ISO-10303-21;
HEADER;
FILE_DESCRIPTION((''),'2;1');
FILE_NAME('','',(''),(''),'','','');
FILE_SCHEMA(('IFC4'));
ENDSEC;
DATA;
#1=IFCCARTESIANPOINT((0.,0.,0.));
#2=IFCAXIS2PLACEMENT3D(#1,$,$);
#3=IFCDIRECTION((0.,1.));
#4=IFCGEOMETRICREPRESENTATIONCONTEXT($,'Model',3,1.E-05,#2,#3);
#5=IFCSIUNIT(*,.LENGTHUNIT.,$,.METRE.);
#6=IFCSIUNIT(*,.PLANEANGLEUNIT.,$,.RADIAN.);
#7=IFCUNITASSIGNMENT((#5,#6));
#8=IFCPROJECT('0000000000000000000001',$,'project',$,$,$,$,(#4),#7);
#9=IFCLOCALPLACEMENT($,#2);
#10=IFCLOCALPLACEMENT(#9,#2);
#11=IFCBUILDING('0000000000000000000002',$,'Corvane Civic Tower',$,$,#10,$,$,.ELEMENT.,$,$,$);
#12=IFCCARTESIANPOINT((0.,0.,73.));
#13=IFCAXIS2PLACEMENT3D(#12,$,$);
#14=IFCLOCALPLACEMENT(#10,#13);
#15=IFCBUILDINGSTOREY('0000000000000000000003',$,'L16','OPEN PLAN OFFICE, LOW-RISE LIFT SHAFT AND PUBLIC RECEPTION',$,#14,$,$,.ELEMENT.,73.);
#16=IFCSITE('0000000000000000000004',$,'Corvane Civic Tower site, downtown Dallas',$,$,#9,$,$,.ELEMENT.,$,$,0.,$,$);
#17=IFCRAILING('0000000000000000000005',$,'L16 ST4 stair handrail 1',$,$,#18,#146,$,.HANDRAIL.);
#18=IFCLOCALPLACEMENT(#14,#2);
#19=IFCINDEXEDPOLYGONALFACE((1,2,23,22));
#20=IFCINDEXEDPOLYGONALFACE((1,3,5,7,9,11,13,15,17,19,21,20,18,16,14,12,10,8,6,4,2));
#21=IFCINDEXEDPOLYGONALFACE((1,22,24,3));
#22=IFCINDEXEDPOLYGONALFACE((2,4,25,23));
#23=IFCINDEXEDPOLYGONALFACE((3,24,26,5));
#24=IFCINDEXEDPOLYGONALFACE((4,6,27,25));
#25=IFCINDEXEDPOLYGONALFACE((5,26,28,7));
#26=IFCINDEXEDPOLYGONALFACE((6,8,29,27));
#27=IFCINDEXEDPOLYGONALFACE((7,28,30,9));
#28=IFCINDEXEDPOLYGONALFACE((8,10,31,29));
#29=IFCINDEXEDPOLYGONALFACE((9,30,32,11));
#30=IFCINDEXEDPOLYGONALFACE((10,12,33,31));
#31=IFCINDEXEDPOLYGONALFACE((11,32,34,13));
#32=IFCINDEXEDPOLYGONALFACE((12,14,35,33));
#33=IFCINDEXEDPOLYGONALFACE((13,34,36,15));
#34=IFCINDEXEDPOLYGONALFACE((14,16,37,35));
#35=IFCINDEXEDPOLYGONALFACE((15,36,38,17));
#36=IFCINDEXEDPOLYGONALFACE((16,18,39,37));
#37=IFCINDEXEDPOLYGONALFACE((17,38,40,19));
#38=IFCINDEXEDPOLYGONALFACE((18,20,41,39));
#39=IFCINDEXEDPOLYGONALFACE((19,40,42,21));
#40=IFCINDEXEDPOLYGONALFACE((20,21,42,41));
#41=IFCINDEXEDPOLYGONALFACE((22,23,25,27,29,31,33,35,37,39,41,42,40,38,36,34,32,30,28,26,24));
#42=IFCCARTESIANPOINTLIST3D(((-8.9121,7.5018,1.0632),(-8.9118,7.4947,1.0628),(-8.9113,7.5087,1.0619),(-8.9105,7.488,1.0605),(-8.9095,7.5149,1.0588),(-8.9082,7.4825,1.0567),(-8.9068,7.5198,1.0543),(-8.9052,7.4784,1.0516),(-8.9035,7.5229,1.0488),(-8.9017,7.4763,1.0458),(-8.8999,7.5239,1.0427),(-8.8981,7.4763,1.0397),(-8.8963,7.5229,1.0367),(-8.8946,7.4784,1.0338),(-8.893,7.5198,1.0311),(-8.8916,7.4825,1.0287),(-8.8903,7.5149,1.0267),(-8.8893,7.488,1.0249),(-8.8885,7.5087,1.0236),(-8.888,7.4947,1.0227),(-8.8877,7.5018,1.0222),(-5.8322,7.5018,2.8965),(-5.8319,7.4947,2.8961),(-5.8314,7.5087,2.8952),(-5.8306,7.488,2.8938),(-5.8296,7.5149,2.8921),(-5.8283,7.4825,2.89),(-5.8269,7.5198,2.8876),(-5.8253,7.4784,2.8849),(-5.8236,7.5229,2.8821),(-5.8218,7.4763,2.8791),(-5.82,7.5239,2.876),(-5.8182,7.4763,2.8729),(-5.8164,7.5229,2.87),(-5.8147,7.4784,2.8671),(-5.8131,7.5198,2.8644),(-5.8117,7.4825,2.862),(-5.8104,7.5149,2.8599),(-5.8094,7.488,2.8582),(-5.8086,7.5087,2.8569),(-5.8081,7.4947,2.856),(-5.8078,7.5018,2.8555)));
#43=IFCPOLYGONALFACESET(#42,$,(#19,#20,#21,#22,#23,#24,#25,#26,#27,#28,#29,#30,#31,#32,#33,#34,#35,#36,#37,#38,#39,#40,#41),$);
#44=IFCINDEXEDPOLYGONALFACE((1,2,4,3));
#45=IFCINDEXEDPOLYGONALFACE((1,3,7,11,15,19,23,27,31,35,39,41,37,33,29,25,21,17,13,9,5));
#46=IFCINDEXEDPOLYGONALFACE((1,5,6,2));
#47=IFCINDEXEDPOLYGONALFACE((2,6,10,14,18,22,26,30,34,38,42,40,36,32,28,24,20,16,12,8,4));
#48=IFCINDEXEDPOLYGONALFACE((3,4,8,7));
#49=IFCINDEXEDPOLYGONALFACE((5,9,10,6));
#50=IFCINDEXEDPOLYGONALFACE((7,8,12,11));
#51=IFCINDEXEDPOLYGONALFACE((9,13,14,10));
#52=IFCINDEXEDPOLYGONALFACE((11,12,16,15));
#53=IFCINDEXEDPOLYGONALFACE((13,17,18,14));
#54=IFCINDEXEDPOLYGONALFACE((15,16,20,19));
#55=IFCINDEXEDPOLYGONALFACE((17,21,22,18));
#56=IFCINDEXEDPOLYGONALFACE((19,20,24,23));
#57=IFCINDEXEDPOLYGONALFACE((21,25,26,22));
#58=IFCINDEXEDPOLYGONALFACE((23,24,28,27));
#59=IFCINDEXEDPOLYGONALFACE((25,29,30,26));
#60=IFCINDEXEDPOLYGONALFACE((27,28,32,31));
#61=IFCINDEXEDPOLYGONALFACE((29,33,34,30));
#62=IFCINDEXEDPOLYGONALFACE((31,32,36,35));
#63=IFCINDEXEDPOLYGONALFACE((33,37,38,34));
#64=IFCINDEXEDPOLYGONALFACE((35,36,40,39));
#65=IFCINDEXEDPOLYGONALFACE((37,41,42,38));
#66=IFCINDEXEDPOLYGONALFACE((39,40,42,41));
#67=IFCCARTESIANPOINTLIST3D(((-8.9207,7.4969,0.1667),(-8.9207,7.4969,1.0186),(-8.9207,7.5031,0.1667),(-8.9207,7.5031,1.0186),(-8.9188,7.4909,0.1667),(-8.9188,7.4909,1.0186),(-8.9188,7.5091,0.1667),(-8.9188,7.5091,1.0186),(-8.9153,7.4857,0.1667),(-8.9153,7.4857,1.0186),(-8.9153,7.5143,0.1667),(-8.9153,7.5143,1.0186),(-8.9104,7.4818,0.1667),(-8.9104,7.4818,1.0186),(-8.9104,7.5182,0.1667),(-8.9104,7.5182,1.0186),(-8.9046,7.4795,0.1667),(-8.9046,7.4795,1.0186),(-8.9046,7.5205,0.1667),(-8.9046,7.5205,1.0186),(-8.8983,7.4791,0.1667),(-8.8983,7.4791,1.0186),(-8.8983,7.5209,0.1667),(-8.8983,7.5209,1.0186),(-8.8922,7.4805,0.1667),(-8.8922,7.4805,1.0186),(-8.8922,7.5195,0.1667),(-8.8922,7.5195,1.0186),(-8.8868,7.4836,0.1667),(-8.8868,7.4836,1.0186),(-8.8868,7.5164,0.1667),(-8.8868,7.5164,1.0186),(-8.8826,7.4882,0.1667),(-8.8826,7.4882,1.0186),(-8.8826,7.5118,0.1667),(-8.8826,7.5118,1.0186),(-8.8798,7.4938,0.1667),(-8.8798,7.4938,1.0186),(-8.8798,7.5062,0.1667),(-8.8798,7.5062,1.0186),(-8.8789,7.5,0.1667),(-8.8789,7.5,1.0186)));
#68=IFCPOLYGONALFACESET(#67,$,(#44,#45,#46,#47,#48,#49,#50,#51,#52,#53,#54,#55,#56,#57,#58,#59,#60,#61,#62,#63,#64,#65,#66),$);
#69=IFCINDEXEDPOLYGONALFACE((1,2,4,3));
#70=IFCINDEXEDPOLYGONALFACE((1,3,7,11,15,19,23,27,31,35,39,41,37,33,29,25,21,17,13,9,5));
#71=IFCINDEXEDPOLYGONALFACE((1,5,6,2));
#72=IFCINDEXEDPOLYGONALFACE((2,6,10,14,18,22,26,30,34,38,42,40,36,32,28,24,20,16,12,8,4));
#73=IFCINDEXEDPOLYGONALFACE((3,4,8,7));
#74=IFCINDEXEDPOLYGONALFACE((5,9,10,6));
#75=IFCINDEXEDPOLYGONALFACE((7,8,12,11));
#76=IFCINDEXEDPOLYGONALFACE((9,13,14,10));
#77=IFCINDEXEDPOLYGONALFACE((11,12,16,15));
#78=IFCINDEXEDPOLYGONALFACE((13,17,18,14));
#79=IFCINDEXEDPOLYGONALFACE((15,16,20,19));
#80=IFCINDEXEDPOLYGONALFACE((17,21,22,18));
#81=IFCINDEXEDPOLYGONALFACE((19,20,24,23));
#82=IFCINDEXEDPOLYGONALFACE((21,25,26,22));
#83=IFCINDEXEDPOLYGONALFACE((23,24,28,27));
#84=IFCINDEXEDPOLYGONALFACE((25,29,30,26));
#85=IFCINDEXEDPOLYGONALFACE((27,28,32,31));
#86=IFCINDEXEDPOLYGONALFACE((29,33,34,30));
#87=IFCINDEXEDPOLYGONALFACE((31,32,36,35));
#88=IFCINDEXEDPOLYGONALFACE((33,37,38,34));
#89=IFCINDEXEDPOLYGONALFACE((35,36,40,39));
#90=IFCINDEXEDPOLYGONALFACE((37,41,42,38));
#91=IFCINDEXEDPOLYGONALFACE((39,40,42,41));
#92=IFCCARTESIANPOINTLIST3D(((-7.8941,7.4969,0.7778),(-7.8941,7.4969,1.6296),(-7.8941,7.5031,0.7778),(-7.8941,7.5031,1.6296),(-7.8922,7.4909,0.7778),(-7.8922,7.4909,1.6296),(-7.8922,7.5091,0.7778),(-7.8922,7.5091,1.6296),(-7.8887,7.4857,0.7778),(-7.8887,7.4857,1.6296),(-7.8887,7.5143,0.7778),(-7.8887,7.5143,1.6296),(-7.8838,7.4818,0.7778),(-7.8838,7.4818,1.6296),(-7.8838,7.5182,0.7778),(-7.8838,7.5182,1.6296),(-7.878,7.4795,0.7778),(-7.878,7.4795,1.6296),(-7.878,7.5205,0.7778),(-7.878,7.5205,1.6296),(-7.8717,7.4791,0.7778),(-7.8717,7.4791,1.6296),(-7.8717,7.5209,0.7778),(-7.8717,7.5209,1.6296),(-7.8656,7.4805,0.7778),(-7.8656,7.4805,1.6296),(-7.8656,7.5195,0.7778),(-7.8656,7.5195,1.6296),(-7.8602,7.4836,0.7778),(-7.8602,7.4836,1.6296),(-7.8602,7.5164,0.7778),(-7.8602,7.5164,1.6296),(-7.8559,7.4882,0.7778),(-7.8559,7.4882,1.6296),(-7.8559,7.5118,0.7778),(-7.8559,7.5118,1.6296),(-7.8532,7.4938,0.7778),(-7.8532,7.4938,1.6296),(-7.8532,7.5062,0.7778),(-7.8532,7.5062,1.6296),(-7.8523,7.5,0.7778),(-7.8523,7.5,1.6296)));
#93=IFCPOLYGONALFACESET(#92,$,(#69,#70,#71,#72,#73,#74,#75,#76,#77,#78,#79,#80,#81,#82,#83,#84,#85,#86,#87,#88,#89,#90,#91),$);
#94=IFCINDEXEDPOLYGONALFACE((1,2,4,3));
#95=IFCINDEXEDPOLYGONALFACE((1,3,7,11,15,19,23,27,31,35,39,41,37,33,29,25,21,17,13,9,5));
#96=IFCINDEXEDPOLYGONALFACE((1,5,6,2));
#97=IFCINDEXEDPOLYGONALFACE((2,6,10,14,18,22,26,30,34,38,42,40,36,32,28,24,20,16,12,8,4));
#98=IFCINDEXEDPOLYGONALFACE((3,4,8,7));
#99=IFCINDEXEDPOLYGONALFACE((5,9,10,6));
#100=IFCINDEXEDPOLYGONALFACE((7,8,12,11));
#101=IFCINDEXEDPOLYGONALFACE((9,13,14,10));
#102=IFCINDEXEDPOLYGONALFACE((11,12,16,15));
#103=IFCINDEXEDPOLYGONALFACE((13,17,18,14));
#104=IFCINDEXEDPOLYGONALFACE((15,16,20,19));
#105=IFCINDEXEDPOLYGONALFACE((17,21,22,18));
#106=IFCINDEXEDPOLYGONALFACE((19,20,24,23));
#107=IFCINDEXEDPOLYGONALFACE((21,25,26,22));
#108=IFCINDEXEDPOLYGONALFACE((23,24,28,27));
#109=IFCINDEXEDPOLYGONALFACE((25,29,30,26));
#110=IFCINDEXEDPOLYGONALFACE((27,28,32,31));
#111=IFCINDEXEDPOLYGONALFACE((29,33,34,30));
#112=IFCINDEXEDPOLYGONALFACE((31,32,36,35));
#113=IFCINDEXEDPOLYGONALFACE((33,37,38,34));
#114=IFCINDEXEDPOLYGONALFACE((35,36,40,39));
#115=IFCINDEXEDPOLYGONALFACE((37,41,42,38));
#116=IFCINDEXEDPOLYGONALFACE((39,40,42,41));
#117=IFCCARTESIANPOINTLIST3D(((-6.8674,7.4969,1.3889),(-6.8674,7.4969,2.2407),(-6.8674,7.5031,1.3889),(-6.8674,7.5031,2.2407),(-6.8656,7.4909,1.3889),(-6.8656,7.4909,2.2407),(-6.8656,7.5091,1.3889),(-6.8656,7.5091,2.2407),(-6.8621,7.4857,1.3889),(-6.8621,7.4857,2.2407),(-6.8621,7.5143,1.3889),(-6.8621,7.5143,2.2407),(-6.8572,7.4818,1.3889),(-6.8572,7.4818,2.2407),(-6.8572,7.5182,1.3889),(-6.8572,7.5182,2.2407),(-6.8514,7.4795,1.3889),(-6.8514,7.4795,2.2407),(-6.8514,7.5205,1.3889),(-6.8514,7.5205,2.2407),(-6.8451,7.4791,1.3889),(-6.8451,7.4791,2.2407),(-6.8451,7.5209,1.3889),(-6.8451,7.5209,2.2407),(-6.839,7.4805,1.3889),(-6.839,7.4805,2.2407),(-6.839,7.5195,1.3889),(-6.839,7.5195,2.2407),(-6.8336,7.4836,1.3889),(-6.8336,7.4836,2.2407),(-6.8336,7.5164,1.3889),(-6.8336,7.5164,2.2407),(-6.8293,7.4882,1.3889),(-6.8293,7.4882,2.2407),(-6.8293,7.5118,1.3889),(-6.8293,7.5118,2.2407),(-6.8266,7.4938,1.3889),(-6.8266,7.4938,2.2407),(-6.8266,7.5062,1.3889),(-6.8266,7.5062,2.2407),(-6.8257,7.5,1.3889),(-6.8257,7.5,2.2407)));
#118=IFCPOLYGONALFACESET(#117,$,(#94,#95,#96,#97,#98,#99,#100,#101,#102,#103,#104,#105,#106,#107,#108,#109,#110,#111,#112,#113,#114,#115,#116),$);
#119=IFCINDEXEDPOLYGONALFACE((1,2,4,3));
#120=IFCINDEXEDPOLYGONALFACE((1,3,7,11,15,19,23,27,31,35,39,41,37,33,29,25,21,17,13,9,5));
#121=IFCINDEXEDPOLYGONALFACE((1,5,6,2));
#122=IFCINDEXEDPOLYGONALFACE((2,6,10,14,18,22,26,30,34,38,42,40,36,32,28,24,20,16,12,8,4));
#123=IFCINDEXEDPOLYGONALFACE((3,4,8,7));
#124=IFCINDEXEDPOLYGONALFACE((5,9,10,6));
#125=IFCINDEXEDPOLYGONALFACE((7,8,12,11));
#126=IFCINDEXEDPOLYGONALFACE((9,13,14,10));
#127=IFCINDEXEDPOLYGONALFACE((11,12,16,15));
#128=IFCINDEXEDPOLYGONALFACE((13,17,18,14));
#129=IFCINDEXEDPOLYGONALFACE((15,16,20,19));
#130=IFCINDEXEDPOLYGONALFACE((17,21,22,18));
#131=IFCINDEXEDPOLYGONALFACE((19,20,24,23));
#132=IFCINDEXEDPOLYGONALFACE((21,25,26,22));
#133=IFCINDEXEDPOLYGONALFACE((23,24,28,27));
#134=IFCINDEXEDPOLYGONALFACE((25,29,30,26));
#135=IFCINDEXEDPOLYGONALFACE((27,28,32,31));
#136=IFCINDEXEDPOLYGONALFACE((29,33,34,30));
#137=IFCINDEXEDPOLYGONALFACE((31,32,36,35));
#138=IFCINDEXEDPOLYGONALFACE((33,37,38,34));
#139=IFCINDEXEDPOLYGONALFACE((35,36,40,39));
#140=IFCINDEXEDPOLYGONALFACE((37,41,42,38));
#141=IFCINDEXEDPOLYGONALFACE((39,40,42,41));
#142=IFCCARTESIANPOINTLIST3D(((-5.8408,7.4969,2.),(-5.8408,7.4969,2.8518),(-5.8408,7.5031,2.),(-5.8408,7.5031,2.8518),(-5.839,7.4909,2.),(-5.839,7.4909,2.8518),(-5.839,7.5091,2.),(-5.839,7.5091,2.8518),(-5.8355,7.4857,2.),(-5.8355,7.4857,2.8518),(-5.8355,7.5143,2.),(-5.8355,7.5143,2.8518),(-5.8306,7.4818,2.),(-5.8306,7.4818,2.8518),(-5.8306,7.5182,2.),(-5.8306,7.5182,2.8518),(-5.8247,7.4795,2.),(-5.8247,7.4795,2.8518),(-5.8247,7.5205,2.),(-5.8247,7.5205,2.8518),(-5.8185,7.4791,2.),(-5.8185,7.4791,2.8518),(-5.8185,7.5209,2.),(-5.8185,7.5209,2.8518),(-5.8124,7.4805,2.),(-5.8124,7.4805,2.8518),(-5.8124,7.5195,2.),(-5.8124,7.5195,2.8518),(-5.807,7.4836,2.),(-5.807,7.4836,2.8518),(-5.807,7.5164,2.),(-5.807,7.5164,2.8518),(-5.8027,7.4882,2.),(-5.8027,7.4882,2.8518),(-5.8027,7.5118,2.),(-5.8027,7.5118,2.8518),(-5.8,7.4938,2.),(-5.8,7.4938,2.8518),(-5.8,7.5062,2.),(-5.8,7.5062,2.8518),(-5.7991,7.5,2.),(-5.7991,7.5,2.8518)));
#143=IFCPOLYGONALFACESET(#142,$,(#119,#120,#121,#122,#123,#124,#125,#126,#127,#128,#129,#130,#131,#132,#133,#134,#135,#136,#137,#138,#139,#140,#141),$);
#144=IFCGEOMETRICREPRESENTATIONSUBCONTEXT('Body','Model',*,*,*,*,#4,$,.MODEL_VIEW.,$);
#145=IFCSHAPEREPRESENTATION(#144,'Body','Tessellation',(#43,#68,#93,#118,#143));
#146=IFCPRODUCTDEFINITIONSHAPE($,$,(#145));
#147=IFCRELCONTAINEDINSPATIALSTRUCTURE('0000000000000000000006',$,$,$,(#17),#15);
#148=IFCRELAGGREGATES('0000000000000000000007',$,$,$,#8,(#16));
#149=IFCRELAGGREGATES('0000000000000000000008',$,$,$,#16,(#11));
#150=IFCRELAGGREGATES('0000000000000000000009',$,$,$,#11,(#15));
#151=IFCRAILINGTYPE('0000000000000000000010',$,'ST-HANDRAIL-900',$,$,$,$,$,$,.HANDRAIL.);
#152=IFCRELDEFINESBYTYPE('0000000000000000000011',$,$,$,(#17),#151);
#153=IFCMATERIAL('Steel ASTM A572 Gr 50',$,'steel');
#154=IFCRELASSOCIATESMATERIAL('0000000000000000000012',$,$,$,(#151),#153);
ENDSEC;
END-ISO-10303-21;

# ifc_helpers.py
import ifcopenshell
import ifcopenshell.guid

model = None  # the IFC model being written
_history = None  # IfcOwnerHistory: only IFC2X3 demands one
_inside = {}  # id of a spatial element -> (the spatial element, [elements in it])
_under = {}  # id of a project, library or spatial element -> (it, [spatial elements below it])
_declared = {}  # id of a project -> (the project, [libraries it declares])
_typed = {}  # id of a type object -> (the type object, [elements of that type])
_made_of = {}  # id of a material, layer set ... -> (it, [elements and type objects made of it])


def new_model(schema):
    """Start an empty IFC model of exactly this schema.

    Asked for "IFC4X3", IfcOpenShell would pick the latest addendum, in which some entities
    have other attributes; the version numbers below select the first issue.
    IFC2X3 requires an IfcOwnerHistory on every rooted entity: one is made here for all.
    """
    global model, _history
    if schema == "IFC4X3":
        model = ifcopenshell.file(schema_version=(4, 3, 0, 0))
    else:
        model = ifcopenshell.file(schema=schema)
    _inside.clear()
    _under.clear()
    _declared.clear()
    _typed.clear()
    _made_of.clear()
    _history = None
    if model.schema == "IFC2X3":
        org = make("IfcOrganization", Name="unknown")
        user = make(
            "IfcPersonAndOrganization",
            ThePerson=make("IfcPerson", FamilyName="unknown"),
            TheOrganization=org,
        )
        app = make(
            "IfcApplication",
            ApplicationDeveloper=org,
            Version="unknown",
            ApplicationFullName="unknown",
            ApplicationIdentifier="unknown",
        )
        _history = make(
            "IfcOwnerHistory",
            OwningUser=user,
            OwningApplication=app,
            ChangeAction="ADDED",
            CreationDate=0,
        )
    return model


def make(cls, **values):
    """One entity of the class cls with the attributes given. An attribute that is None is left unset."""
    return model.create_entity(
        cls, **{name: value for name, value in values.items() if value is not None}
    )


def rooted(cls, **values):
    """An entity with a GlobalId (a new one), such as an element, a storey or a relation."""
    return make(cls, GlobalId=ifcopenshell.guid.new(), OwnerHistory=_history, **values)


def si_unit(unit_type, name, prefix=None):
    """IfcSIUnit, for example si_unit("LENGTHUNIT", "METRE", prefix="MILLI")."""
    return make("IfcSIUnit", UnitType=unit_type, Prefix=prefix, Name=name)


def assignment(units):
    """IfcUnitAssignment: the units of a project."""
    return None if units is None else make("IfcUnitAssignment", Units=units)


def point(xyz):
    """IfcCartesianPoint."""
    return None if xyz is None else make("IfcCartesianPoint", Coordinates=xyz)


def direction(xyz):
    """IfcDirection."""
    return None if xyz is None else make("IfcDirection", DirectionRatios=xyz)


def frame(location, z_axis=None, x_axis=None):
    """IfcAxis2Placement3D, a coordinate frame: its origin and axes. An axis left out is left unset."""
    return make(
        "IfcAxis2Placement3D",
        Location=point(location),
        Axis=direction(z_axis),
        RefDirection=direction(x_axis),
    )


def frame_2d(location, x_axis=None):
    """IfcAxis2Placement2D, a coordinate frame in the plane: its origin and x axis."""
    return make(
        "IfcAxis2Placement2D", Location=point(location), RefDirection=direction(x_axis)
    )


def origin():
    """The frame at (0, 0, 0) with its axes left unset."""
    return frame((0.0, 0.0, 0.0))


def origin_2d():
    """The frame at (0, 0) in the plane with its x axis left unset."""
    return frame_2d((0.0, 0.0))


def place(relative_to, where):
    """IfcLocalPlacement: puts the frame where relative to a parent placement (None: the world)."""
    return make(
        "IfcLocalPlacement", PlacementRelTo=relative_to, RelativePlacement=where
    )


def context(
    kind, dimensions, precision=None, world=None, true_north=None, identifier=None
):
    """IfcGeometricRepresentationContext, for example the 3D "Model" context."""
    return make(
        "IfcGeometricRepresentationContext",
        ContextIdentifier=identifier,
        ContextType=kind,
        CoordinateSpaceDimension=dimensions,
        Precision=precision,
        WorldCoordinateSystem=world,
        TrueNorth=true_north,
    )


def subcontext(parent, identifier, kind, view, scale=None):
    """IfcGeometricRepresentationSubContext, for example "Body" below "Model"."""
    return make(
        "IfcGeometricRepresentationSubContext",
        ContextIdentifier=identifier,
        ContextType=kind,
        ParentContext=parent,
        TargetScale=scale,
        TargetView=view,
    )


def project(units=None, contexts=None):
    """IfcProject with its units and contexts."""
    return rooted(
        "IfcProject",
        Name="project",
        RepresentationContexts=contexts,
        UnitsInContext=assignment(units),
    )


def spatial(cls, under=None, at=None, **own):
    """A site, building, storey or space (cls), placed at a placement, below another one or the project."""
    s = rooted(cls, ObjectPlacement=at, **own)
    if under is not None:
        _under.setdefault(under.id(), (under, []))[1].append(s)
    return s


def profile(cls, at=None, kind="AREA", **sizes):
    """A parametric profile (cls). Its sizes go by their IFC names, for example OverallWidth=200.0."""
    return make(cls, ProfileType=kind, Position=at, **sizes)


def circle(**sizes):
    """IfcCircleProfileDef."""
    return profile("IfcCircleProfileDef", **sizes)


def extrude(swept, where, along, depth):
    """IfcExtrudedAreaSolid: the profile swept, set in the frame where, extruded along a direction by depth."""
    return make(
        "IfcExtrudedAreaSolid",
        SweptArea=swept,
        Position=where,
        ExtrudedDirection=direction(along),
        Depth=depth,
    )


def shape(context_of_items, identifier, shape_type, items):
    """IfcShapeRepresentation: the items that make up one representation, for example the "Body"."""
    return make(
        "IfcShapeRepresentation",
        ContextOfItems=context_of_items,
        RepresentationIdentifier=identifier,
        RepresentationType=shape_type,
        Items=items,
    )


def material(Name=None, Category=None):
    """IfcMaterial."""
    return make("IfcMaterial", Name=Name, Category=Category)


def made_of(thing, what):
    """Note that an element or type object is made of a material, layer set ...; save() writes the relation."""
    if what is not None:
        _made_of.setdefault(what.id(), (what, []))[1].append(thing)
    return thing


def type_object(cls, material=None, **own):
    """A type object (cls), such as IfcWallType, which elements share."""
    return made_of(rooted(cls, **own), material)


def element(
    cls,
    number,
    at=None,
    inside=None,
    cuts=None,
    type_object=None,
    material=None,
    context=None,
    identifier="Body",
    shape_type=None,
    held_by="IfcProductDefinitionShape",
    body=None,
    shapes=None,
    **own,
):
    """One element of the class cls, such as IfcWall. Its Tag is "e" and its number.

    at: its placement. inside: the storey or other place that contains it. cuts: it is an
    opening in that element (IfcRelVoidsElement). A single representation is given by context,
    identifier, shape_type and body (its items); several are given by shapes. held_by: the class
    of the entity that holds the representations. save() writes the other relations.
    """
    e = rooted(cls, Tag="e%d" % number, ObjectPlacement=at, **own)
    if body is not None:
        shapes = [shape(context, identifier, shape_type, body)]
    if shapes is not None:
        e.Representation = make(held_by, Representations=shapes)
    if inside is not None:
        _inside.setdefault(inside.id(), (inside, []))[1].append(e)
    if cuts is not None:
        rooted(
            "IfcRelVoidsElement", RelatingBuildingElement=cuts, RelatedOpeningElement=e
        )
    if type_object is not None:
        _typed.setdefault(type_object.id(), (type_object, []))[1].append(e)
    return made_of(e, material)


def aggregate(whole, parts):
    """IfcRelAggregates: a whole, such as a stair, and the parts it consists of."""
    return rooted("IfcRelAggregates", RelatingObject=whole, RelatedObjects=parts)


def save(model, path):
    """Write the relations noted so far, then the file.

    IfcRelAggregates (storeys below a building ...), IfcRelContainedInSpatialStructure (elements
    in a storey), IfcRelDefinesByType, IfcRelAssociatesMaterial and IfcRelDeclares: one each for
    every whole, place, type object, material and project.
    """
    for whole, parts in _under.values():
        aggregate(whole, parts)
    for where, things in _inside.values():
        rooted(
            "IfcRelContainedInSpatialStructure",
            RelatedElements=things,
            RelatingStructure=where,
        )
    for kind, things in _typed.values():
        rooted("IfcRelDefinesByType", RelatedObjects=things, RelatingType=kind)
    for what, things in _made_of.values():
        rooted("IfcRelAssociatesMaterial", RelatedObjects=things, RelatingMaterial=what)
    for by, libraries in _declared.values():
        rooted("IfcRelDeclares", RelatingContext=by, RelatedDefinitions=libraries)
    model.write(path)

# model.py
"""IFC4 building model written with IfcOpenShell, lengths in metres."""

from ifc_helpers import new_model, si_unit, direction, frame, origin, origin_2d, place, context, subcontext, project, spatial, circle, extrude, material, type_object, element, save


model = new_model("IFC4")

# Units and contexts
model_context = context("Model", 3, precision=1e-05, world=origin(), true_north=direction((0.0, 1.0)))
body_context = subcontext(model_context, "Body", "Model", "MODEL_VIEW")
ifc_project = project(units=[si_unit("LENGTHUNIT", "METRE"), si_unit("PLANEANGLEUNIT", "RADIAN")], contexts=[model_context])

# Site, building, storey
site_placement = place(None, origin())
site = spatial("IfcSite", under=ifc_project, at=site_placement, Name="Corvane Civic Tower site, downtown Dallas", CompositionType="ELEMENT", RefElevation=0.0)
building_placement = place(site_placement, origin())
building = spatial("IfcBuilding", under=site, at=building_placement, Name="Corvane Civic Tower", CompositionType="ELEMENT")
storey_placement = place(building_placement, frame((0.0, 0.0, 73.0)))
storey = spatial("IfcBuildingStorey", under=building, at=storey_placement, Name="L16", Description="OPEN PLAN OFFICE, LOW-RISE LIFT SHAFT AND PUBLIC RECEPTION", CompositionType="ELEMENT", Elevation=73.0)

# Railing
ifc_material_1 = material(Name="Steel ASTM A572 Gr 50", Category="steel")
railing_type = type_object("IfcRailingType", Name="ST-HANDRAIL-900", PredefinedType="HANDRAIL", material=ifc_material_1)
railing_1_placement = place(storey_placement, frame((-8.8999, 7.5, 0.1667)))
element("IfcRailing", 1, at=railing_1_placement, inside=storey, type_object=railing_type, Name="L16 ST4 stair handrail 1", PredefinedType="HANDRAIL", context=body_context, shape_type="SweptSolid", body=[
    extrude(circle(Radius=0.0239, at=origin_2d()), frame((0.0, 0.0, 0.876), z_axis=(0.859291, 0.0, 0.511487), x_axis=(0.0, 1.0, 0.0)), (0.0, 0.0, 1.0), 3.5842),
    extrude(circle(Radius=0.021, at=origin_2d()), origin(), (0.0, 0.0, 1.0), 0.8518),
    extrude(circle(Radius=0.021, at=origin_2d()), frame((1.0266, 0.0, 0.6111)), (0.0, 0.0, 1.0), 0.8518),
    extrude(circle(Radius=0.021, at=origin_2d()), frame((2.0532, 0.0, 1.2222)), (0.0, 0.0, 1.0), 0.8518),
    extrude(circle(Radius=0.021, at=origin_2d()), frame((3.0798, 0.0, 1.8333)), (0.0, 0.0, 1.0), 0.8518),
])

save(model, "model.ifc")
